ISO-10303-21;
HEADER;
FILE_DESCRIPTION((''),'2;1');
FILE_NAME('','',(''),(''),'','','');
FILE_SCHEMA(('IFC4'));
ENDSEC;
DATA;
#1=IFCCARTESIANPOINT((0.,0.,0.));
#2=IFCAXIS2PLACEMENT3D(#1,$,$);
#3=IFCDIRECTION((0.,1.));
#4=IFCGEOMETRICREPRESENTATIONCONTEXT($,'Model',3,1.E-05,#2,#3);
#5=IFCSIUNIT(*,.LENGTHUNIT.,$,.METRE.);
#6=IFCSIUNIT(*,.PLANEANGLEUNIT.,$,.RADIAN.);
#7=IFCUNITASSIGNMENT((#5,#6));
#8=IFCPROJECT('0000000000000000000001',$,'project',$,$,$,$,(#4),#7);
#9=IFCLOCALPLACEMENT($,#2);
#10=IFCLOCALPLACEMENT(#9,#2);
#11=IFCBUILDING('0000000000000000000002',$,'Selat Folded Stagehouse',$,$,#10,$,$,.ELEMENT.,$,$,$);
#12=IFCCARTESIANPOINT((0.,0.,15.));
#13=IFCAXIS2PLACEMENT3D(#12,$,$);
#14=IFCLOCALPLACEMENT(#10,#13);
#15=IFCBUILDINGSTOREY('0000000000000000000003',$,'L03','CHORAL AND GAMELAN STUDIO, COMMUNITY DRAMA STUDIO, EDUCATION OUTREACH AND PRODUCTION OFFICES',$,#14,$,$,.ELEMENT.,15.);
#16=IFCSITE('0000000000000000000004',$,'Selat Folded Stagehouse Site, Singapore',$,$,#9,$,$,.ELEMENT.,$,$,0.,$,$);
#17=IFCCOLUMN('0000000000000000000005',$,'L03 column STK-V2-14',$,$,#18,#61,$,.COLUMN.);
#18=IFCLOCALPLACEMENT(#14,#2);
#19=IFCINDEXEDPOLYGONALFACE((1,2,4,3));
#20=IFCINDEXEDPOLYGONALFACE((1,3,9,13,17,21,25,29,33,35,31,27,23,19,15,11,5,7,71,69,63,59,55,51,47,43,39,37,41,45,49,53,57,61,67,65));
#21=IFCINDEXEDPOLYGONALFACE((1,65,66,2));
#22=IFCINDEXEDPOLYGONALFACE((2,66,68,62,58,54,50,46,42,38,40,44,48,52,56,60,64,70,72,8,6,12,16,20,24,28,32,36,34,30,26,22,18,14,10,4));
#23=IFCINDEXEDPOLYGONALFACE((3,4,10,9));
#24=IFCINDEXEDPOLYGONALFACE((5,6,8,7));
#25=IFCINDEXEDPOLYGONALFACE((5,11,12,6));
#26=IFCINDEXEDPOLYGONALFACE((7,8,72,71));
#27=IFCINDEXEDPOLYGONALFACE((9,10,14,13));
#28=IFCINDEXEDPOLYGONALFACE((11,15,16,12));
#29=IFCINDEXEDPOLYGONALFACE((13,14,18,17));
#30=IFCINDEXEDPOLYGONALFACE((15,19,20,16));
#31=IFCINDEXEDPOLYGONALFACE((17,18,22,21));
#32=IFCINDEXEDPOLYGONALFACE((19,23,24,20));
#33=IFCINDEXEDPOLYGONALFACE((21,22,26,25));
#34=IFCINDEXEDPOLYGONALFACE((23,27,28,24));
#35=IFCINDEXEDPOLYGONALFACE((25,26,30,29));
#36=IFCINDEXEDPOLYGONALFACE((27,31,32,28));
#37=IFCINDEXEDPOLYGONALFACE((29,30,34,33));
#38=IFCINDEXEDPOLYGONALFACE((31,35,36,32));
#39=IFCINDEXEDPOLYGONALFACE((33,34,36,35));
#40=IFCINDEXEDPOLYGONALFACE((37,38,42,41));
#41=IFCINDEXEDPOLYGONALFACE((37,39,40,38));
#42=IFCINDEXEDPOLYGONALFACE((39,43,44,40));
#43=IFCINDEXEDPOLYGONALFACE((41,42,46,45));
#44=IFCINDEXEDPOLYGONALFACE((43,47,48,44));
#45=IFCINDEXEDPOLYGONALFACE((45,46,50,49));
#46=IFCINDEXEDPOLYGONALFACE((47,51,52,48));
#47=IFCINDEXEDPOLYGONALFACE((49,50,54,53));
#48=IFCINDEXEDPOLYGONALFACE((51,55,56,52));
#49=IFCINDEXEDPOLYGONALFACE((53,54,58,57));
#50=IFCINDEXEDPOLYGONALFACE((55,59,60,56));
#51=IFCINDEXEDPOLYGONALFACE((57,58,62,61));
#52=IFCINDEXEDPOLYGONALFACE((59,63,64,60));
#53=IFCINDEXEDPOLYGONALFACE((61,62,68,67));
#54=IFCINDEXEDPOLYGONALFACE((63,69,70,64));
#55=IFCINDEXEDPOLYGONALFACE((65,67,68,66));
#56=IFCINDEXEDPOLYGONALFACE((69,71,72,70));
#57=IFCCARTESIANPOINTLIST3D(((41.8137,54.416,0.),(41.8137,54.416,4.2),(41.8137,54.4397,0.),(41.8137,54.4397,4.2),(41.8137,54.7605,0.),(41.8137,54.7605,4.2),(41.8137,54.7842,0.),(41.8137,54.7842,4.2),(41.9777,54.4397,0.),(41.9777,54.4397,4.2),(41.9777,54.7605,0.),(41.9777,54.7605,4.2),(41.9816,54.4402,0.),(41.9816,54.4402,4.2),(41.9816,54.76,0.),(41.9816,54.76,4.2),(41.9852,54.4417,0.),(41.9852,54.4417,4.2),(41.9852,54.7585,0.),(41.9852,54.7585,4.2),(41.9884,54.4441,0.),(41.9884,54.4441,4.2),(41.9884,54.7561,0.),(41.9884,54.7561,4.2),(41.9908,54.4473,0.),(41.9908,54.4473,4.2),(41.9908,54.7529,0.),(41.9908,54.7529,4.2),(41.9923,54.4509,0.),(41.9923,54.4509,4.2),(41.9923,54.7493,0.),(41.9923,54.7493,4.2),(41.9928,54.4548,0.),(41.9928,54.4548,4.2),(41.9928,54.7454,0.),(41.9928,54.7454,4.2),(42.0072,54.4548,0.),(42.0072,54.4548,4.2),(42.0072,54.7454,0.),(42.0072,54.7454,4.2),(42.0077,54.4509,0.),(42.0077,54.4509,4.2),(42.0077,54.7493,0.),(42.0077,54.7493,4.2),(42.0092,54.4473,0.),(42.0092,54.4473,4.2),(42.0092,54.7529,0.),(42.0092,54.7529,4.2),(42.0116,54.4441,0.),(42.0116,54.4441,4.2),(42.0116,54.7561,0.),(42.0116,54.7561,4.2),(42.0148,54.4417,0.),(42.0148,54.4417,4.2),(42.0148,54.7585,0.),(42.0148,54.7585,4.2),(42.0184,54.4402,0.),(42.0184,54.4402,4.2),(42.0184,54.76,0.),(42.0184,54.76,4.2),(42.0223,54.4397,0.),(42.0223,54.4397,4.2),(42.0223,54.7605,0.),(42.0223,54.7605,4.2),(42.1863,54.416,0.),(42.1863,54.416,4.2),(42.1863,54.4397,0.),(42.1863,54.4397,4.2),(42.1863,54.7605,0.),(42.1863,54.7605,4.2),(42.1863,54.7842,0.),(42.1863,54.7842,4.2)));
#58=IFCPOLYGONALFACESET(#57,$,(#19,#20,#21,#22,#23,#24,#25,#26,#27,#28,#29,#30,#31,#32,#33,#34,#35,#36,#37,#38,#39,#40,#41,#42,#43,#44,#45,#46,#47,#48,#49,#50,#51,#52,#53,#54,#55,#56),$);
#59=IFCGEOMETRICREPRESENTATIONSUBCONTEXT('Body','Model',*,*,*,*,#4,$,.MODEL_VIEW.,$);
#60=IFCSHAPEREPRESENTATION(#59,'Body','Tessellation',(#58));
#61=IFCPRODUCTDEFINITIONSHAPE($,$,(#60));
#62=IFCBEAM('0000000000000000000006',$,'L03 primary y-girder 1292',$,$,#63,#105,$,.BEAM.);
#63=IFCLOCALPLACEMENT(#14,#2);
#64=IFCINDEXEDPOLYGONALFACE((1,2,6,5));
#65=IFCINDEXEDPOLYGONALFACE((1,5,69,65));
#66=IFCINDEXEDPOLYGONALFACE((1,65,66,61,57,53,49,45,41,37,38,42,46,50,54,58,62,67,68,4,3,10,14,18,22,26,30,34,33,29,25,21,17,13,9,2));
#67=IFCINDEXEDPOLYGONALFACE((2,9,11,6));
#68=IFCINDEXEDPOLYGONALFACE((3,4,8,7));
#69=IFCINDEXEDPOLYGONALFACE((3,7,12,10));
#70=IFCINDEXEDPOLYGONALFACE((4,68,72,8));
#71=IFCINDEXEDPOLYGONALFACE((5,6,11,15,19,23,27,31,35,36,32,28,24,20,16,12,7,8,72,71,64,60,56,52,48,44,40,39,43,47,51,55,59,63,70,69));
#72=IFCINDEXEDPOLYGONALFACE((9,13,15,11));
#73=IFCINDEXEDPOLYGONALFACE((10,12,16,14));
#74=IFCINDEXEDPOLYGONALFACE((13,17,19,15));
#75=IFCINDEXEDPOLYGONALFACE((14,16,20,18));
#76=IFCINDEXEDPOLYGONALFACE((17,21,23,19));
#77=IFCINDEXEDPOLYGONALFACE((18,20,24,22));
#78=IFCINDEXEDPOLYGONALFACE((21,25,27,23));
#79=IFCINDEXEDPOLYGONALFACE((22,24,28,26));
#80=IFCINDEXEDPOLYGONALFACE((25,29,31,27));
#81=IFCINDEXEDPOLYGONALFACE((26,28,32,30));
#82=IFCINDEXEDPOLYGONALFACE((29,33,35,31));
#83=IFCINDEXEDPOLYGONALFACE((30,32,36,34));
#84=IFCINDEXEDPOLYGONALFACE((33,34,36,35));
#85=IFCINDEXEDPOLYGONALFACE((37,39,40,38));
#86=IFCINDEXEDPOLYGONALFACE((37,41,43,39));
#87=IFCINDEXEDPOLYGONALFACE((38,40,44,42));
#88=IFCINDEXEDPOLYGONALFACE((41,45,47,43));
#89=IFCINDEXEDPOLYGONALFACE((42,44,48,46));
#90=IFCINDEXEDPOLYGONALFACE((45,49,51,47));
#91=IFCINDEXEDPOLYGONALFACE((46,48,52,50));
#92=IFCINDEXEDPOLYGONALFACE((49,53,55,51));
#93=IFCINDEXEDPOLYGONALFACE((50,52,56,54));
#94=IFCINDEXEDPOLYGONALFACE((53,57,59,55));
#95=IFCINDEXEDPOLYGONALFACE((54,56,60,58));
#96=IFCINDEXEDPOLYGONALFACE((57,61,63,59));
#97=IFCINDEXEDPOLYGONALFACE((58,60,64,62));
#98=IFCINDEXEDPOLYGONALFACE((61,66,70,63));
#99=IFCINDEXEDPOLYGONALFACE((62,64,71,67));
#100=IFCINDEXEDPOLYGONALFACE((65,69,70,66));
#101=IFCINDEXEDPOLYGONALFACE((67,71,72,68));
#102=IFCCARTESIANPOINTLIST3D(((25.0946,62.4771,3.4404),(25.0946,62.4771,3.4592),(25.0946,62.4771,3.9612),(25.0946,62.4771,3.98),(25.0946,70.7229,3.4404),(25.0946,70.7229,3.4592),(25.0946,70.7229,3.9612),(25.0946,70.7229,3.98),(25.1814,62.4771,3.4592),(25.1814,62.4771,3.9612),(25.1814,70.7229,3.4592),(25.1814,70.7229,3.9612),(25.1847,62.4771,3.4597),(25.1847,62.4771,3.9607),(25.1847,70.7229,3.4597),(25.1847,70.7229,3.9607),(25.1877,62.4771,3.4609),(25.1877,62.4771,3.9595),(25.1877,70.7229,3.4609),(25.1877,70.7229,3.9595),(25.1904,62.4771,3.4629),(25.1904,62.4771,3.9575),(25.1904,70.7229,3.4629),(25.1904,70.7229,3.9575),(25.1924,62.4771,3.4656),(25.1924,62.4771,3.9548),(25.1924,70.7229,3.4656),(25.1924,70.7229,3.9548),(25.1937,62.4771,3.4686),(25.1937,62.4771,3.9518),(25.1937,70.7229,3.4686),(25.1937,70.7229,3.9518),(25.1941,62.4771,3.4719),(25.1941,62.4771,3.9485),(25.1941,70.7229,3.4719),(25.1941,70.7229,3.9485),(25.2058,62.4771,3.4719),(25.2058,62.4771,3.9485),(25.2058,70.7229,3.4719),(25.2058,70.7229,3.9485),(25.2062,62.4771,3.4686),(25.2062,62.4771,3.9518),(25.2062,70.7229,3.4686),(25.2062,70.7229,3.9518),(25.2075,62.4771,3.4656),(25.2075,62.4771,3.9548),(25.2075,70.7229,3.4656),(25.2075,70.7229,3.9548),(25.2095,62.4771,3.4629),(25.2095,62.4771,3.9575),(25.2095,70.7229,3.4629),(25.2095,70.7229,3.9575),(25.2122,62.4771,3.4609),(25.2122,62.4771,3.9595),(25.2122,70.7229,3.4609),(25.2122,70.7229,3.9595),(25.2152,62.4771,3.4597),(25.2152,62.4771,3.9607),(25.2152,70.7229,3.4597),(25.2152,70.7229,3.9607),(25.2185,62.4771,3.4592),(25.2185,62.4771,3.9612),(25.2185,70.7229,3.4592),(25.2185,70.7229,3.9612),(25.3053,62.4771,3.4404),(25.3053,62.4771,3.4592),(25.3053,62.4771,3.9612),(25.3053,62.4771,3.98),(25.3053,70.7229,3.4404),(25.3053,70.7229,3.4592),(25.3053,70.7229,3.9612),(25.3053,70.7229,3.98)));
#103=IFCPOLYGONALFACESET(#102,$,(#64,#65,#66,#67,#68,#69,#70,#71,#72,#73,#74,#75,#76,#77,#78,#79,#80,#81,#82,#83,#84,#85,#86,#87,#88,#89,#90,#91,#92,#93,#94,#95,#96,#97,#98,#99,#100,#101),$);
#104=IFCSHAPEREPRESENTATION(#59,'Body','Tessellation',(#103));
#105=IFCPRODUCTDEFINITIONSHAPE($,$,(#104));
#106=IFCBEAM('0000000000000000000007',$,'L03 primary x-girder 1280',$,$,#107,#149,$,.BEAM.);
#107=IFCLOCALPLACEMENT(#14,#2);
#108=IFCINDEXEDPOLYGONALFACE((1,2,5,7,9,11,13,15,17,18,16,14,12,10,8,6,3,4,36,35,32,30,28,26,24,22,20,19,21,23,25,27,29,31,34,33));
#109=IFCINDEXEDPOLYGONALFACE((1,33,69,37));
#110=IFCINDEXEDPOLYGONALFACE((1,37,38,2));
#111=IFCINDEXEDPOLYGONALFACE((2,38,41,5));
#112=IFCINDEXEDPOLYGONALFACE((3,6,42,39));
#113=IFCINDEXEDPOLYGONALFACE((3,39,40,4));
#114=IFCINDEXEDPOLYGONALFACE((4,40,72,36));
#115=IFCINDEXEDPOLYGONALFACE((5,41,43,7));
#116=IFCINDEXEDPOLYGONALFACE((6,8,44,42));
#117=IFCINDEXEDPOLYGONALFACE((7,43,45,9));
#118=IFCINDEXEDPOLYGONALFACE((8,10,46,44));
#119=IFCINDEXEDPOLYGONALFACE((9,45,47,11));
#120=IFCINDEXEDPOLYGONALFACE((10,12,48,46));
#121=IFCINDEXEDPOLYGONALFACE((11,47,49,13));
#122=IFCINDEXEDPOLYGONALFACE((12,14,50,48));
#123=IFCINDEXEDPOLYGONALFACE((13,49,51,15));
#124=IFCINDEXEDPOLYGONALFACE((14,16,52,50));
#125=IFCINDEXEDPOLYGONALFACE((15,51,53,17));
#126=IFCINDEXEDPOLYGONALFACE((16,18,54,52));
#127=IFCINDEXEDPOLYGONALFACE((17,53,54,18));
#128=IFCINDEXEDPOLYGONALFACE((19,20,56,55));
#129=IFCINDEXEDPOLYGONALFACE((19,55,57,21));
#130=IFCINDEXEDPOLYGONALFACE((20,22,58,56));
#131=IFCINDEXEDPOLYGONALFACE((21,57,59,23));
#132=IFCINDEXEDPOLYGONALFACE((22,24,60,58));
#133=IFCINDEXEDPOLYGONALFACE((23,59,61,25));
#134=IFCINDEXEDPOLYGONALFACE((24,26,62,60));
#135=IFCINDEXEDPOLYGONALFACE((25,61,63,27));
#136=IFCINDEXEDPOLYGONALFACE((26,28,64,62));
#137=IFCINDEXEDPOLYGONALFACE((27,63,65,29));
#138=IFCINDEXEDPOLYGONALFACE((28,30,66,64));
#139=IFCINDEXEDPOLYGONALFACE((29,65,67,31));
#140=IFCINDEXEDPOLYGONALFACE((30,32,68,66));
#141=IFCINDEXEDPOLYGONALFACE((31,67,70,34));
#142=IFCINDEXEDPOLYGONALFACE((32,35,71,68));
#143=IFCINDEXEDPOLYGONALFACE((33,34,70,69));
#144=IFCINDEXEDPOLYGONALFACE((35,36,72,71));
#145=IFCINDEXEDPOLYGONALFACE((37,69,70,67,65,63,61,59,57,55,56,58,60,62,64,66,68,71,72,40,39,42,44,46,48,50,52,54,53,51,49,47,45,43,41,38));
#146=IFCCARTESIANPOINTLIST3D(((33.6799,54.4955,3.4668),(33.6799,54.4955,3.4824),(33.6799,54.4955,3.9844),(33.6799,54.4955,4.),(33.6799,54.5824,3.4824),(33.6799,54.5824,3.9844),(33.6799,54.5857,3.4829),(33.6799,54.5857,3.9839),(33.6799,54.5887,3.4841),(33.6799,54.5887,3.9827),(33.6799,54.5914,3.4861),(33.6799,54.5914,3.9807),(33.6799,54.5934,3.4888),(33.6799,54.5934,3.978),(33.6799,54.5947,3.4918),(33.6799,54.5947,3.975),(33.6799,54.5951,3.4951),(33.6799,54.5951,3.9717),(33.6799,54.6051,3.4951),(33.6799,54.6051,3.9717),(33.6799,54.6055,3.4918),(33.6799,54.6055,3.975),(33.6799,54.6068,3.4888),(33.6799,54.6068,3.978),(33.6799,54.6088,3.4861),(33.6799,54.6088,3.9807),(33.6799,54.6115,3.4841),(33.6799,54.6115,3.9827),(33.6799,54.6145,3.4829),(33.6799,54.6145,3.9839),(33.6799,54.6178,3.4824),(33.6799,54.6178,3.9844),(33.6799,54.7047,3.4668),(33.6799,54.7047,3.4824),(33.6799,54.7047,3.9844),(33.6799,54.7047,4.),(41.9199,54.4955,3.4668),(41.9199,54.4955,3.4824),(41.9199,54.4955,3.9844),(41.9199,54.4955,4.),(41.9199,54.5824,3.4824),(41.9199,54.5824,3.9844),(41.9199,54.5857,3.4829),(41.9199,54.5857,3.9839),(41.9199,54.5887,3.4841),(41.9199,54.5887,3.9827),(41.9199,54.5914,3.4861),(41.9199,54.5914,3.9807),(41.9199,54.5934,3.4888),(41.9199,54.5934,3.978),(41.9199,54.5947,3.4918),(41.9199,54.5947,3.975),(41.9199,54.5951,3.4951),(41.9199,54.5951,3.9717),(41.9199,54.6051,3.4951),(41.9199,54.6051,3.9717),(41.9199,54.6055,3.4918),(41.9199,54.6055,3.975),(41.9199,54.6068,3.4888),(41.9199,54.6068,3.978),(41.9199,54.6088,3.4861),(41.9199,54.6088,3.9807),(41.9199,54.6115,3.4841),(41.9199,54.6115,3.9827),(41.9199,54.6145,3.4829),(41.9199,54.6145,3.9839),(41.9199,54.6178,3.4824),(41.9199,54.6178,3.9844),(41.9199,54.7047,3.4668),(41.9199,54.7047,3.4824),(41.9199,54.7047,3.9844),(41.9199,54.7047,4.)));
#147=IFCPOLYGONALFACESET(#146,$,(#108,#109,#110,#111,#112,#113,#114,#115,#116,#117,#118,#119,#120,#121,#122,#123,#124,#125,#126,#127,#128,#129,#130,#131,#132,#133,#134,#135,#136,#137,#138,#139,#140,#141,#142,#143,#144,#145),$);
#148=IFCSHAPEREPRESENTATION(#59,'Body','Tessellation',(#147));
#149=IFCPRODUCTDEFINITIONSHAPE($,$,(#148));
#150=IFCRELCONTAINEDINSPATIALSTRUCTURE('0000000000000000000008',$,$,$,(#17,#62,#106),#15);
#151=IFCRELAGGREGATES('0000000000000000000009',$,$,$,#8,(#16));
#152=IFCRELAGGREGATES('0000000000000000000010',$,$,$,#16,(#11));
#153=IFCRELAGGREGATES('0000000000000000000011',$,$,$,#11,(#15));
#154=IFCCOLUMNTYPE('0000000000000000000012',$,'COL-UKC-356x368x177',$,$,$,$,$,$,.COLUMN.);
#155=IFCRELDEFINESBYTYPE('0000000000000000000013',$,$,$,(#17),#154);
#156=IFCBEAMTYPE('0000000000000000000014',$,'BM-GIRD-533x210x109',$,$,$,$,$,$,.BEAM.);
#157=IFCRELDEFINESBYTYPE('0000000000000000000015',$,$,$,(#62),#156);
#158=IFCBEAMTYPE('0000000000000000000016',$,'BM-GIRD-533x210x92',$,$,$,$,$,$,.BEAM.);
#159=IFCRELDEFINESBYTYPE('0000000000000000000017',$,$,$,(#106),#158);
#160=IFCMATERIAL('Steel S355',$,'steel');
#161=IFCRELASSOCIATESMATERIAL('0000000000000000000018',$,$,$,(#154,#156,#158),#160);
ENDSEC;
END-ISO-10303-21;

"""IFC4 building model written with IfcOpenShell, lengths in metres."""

from ifc_helpers import new_model, si_unit, direction, frame, origin, origin_2d, place, context, subcontext, project, spatial, i_section, extrude, material, material_profile, profile_set, type_object, element, save


model = new_model("IFC4")

# Units and contexts
model_context = context("Model", 3, precision=1e-05, world=origin(), true_north=direction((0.0, 1.0)))
body_context = subcontext(model_context, "Body", "Model", "MODEL_VIEW")
ifc_project = project(units=[si_unit("LENGTHUNIT", "METRE"), si_unit("PLANEANGLEUNIT", "RADIAN")], contexts=[model_context])

# Site, building, storey
site_placement = place(None, origin())
site = spatial("IfcSite", under=ifc_project, at=site_placement, Name="Selat Folded Stagehouse Site, Singapore", CompositionType="ELEMENT", RefElevation=0.0)
building_placement = place(site_placement, origin())
building = spatial("IfcBuilding", under=site, at=building_placement, Name="Selat Folded Stagehouse", CompositionType="ELEMENT")
storey_placement = place(building_placement, frame((0.0, 0.0, 15.0)))
storey = spatial("IfcBuildingStorey", under=building, at=storey_placement, Name="L03", Description="CHORAL AND GAMELAN STUDIO, COMMUNITY DRAMA STUDIO, EDUCATION OUTREACH AND PRODUCTION OFFICES", CompositionType="ELEMENT", Elevation=15.0)

# Column
ifc_material_1 = material(Name="Steel S355", Category="steel")
ifc_material_profile_1 = material_profile(ifc_material_1, i_section(OverallWidth=0.3726, OverallDepth=0.3682, WebThickness=0.0144, FlangeThickness=0.0237, FilletRadius=0.0151, at=origin_2d()), Name="UKC 356x368x177")
ifc_profile_set_1 = profile_set([ifc_material_profile_1], Name="Steel S355")
column_type_1 = type_object("IfcColumnType", Name="COL-UKC-356x368x177", PredefinedType="COLUMN", material=ifc_profile_set_1)
for number, where, z_axis, x_axis, name in (
    (1, (42.0, 54.6001, 0.0), (0.0, 0.0, 1.0), (1.0, 0.0, 0.0), "L03 column STK-V2-14"),
):
    element("IfcColumn", number, at=place(storey_placement, frame(where, z_axis=z_axis, x_axis=x_axis)), inside=storey, type_object=column_type_1, Name=name, PredefinedType="COLUMN", context=body_context, shape_type="SweptSolid", body=[
        extrude(i_section(OverallWidth=0.3726, OverallDepth=0.3682, WebThickness=0.0144, FlangeThickness=0.0237, FilletRadius=0.0151, at=origin_2d()), origin(), (0.0, 0.0, 1.0), 4.2),
    ])

# Beams
ifc_material_profile_2 = material_profile(ifc_material_1, i_section(OverallWidth=0.2107, OverallDepth=0.5396, WebThickness=0.0117, FlangeThickness=0.0188, FilletRadius=0.0127, at=origin_2d()), Name="UKB 533x210x109")
ifc_profile_set_2 = profile_set([ifc_material_profile_2], Name="Steel S355")
beam_type_1 = type_object("IfcBeamType", Name="BM-GIRD-533x210x109", PredefinedType="BEAM", material=ifc_profile_set_2)
beam_1_placement = place(storey_placement, frame((25.2, 62.4771, 3.7102), z_axis=(0.0, 1.0, 0.0), x_axis=(-1.0, 0.0, 0.0)))
element("IfcBeam", 2, at=beam_1_placement, inside=storey, type_object=beam_type_1, Name="L03 primary y-girder 1292", PredefinedType="BEAM", context=body_context, shape_type="SweptSolid", body=[
    extrude(i_section(OverallWidth=0.2107, OverallDepth=0.5396, WebThickness=0.0117, FlangeThickness=0.0188, FilletRadius=0.0127, at=origin_2d()), origin(), (0.0, 0.0, 1.0), 8.2458),
])
ifc_material_profile_3 = material_profile(ifc_material_1, i_section(OverallWidth=0.2092, OverallDepth=0.5332, WebThickness=0.01, FlangeThickness=0.0156, FilletRadius=0.0127, at=origin_2d()), Name="UKB 533x210x92")
ifc_profile_set_3 = profile_set([ifc_material_profile_3], Name="Steel S355")
beam_type_2 = type_object("IfcBeamType", Name="BM-GIRD-533x210x92", PredefinedType="BEAM", material=ifc_profile_set_3)
beam_2_placement = place(storey_placement, frame((33.6799, 54.6001, 3.7334), z_axis=(1.0, 0.0, 0.0), x_axis=(0.0, 1.0, 0.0)))
element("IfcBeam", 3, at=beam_2_placement, inside=storey, type_object=beam_type_2, Name="L03 primary x-girder 1280", PredefinedType="BEAM", context=body_context, shape_type="SweptSolid", body=[
    extrude(i_section(OverallWidth=0.2092, OverallDepth=0.5332, WebThickness=0.01, FlangeThickness=0.0156, FilletRadius=0.0127, at=origin_2d()), origin(), (0.0, 0.0, 1.0), 8.24),
])

save(model, "model.ifc")
